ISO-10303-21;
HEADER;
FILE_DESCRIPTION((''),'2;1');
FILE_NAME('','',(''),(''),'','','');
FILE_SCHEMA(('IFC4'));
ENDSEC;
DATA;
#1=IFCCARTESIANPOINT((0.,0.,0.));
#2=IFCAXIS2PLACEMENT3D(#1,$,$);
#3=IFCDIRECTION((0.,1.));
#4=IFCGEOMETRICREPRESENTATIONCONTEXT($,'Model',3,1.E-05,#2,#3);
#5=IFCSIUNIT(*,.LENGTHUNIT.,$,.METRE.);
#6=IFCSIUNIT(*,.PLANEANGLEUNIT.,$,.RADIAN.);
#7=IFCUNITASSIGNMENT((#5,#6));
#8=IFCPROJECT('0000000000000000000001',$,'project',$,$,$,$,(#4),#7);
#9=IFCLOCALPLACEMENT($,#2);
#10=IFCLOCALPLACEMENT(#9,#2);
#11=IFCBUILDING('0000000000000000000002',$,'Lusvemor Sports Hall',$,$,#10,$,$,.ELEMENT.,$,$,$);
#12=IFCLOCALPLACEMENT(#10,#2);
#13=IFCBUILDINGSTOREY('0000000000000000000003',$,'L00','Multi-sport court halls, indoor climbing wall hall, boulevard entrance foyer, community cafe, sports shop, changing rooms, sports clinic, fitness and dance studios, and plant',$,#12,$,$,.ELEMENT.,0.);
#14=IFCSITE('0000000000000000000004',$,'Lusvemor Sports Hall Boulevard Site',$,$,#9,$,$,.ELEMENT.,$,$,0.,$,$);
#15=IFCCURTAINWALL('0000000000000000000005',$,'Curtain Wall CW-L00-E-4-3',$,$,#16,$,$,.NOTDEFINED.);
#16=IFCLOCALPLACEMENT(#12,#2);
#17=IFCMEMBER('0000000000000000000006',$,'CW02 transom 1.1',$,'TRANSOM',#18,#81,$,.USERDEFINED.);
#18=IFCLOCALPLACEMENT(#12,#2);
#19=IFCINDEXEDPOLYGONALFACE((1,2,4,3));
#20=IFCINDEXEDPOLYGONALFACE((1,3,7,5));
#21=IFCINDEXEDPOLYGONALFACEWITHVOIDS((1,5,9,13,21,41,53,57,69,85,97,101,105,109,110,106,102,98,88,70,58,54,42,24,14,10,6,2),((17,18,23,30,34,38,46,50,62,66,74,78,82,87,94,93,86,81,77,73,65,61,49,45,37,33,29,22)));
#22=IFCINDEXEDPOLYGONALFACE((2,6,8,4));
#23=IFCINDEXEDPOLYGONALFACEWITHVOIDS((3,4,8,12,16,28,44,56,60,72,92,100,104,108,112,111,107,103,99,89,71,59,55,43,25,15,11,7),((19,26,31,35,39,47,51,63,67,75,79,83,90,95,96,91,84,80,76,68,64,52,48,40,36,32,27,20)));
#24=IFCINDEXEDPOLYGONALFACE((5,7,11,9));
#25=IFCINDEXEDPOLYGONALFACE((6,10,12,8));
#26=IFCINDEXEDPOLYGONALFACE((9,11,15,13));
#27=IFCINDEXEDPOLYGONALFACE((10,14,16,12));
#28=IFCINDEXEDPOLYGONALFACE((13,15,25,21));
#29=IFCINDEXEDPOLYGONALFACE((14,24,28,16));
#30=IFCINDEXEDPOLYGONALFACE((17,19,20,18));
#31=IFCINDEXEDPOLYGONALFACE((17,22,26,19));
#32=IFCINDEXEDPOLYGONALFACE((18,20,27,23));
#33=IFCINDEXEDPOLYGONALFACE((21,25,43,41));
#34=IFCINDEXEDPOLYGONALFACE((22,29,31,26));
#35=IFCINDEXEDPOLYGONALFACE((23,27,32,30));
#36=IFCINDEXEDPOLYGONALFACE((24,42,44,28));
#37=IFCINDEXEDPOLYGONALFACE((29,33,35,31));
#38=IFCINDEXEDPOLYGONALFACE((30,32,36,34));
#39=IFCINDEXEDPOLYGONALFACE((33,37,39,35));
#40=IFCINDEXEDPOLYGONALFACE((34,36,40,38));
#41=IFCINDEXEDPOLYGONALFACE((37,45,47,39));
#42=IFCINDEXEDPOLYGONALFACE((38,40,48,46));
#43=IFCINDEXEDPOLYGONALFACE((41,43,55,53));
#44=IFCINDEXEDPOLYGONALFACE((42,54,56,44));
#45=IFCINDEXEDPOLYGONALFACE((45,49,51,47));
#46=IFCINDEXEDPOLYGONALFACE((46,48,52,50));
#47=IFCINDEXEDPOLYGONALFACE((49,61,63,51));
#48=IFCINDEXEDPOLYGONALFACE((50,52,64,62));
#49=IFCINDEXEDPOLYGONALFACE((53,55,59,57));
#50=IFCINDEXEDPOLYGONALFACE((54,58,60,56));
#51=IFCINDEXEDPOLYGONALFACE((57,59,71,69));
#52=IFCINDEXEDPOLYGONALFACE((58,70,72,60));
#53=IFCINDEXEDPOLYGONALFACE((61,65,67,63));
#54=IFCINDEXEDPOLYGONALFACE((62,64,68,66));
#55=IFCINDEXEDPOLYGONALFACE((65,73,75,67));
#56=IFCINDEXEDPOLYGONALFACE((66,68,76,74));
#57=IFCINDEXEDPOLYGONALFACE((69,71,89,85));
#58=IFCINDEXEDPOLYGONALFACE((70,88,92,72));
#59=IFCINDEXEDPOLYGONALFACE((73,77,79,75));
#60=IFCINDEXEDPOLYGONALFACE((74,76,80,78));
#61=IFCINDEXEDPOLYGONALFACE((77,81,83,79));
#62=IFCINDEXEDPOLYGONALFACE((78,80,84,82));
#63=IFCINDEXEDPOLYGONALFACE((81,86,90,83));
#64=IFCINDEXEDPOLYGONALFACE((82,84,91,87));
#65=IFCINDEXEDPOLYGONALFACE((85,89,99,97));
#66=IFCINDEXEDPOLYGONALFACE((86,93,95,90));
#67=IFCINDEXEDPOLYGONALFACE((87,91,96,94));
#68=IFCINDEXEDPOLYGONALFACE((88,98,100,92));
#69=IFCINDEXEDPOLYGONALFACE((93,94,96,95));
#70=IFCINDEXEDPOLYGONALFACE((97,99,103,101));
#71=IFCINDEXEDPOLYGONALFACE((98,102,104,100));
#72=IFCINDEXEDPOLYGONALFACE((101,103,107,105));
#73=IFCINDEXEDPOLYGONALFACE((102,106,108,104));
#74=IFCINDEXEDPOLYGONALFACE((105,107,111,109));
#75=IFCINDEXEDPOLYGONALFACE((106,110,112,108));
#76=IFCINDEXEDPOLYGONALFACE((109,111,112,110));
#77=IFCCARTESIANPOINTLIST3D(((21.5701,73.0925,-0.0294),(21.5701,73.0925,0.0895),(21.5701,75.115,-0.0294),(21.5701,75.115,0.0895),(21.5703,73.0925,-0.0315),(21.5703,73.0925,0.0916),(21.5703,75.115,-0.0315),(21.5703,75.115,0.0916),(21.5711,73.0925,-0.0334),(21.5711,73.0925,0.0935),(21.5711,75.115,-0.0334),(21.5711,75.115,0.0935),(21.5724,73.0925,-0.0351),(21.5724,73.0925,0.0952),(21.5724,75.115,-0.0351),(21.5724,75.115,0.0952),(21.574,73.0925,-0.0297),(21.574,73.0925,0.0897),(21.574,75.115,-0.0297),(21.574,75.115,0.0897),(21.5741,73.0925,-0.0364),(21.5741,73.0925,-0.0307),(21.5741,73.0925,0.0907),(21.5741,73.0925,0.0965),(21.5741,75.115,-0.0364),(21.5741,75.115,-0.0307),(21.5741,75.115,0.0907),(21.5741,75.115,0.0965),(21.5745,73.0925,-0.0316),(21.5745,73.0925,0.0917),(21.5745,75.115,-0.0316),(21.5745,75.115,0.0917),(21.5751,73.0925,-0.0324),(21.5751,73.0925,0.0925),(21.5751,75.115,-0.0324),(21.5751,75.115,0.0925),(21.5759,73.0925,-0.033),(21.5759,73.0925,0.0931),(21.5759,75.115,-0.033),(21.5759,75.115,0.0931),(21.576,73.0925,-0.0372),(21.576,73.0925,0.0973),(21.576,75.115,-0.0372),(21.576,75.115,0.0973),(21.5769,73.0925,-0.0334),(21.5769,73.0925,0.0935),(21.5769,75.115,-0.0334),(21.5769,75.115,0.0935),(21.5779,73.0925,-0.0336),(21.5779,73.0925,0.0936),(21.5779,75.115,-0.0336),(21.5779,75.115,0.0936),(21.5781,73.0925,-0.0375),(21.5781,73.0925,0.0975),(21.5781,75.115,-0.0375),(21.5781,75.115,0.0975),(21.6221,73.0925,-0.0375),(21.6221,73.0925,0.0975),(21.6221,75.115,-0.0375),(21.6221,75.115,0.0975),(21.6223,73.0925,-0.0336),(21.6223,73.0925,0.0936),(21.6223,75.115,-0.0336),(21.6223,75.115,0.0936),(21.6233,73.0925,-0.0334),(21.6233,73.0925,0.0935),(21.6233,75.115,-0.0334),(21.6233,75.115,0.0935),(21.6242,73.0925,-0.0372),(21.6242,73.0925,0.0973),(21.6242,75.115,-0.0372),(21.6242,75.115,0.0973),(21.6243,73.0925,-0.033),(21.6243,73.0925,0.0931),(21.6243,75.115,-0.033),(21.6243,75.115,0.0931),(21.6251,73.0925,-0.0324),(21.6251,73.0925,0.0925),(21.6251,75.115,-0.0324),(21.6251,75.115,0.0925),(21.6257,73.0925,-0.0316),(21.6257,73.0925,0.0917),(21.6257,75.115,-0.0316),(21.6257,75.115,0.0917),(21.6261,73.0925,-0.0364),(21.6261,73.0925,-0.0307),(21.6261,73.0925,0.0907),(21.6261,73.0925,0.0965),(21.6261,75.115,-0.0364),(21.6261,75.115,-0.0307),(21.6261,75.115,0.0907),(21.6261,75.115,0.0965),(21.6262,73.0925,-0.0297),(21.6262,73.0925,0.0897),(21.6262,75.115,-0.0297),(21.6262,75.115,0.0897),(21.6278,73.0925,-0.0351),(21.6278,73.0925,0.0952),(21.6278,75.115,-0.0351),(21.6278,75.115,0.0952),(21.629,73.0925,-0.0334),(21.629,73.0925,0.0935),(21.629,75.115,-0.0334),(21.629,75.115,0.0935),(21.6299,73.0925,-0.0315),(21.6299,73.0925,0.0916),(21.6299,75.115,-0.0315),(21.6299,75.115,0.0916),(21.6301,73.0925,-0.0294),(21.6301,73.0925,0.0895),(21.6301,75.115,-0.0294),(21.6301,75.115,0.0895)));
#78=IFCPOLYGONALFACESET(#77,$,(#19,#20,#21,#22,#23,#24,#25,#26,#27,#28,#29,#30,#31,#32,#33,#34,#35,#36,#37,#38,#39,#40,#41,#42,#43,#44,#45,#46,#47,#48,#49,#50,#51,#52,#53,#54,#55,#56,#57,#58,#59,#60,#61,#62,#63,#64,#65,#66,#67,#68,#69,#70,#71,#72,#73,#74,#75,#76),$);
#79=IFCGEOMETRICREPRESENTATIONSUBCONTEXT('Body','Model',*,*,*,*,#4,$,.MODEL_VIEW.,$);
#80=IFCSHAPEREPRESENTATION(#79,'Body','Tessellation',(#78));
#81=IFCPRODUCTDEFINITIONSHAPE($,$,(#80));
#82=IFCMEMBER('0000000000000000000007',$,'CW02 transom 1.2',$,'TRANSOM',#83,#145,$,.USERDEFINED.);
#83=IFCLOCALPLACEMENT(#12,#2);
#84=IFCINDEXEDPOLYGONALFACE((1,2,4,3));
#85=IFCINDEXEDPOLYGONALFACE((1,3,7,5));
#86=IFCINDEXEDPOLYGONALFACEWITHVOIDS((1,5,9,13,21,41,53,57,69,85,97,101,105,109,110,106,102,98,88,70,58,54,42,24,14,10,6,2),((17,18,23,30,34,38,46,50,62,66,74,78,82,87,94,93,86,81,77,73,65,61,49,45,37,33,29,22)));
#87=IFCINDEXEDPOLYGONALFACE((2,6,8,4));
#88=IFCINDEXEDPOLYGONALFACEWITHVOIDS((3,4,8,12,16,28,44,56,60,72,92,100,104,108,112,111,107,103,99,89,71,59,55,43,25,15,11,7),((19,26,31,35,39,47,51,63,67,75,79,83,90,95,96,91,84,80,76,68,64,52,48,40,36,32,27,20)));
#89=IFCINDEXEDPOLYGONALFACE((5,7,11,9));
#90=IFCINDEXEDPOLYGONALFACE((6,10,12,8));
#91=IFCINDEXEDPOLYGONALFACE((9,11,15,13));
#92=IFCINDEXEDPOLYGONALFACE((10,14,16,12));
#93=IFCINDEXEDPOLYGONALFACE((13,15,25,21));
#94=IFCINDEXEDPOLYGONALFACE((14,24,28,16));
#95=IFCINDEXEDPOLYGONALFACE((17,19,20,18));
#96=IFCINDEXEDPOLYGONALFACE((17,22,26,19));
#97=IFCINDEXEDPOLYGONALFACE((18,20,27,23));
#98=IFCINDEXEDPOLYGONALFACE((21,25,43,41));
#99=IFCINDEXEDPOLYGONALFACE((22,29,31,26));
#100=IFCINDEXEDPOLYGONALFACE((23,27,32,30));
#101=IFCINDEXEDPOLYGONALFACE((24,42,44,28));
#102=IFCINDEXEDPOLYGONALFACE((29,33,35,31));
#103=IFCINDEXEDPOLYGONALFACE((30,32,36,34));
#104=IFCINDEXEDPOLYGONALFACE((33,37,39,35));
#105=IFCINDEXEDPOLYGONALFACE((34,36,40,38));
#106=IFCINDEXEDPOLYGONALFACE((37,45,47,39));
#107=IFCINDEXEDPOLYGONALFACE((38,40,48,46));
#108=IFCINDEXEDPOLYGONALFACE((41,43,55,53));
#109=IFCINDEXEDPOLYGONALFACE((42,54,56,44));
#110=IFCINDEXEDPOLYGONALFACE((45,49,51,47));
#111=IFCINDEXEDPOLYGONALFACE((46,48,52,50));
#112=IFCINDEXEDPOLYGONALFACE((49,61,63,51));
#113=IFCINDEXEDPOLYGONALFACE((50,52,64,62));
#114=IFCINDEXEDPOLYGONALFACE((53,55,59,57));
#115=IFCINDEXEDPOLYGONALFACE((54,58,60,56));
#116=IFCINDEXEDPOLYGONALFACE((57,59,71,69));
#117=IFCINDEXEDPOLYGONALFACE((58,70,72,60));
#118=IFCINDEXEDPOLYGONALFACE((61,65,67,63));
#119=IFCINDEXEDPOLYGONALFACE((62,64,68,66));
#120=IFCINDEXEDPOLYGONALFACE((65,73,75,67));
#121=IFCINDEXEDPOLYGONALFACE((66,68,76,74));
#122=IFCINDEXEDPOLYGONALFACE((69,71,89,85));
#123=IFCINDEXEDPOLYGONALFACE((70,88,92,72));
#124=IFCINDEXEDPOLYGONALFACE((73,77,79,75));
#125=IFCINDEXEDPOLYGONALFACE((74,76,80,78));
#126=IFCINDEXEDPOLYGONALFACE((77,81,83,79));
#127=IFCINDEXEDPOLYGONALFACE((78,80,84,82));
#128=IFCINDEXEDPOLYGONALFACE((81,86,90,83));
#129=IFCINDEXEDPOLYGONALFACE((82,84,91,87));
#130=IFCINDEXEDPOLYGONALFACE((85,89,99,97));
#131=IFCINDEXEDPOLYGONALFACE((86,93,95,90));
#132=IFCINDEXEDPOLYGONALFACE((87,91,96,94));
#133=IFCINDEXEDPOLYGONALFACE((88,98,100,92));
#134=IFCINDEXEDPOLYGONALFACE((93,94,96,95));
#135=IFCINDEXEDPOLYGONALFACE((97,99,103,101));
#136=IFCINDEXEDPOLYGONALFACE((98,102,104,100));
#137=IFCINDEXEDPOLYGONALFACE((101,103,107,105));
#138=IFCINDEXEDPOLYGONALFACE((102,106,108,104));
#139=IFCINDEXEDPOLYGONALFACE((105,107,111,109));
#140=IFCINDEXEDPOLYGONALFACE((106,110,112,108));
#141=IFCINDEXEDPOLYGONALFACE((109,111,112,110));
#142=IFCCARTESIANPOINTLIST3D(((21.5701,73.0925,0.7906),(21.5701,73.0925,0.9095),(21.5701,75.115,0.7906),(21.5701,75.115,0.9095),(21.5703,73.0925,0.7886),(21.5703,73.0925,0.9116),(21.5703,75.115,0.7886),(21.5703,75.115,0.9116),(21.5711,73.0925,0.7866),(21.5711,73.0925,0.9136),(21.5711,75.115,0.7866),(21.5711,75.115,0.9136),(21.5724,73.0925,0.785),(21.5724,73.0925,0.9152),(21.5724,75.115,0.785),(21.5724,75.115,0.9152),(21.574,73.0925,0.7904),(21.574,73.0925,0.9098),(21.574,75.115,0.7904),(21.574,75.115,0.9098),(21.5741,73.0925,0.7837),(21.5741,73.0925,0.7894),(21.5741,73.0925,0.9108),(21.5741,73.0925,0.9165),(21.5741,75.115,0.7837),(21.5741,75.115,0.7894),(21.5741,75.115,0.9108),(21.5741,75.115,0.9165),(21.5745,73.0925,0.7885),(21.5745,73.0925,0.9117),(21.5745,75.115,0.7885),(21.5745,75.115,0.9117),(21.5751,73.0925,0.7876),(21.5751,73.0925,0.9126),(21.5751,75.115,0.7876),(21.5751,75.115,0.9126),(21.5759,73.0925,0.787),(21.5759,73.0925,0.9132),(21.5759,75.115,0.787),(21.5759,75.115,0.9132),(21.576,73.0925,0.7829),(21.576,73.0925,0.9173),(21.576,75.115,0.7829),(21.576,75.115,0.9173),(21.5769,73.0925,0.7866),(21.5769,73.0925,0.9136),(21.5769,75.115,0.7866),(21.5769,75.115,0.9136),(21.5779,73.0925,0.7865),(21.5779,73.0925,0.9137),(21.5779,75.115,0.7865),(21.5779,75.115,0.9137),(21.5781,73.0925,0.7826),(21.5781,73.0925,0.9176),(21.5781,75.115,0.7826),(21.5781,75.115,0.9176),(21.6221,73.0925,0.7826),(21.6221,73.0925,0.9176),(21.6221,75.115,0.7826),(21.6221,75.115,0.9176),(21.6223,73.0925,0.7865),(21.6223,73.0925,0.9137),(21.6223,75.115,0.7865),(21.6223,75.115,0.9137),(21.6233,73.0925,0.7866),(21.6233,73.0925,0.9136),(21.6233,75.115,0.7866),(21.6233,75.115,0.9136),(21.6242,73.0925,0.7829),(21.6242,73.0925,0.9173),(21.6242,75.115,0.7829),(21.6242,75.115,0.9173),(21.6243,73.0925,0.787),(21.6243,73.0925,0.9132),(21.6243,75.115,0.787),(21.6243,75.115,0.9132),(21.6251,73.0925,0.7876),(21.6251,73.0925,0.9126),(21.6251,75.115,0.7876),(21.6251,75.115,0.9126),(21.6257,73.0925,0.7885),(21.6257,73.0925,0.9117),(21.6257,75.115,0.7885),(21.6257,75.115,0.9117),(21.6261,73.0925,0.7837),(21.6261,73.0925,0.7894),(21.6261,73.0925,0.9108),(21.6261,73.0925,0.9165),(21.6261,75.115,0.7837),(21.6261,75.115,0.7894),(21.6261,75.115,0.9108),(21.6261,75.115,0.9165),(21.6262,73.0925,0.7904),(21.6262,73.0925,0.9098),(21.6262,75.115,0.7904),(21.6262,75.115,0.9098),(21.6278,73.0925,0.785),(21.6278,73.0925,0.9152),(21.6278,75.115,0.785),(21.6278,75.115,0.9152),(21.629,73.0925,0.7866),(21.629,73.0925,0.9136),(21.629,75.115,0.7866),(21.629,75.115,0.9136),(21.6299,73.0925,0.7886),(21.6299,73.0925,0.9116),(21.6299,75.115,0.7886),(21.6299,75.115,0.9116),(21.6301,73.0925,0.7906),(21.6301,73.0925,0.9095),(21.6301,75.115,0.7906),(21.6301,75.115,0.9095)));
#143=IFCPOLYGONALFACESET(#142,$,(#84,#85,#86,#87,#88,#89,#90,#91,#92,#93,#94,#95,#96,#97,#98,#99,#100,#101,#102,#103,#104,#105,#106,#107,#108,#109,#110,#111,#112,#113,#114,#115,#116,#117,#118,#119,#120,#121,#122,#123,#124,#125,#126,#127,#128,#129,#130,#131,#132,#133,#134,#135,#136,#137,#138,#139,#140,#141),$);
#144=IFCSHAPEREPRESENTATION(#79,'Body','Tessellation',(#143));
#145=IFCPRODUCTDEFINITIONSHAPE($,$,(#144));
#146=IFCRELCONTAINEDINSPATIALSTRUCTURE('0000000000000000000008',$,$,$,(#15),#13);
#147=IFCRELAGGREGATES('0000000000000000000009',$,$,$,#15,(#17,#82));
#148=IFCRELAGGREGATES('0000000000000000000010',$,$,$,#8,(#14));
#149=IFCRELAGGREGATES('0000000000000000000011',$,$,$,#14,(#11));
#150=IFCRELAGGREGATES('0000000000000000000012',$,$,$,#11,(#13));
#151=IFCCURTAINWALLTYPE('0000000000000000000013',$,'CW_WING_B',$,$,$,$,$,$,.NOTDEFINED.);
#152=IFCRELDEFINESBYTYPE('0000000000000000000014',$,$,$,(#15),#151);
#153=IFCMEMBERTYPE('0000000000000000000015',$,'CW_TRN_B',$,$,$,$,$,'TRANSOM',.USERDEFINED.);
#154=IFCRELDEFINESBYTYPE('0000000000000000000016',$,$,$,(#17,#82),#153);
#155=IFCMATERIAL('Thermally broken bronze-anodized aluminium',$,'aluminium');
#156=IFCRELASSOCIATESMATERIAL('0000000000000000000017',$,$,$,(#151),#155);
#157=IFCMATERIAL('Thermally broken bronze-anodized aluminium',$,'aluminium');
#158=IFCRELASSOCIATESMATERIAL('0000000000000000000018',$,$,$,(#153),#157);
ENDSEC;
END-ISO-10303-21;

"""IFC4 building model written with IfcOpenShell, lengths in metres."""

from ifc_helpers import new_model, si_unit, direction, frame, origin, origin_2d, place, context, subcontext, project, spatial, hollow_rectangle, extrude, material, material_profile, profile_set, type_object, element, aggregate, save


model = new_model("IFC4")

# Units and contexts
model_context = context("Model", 3, precision=1e-05, world=origin(), true_north=direction((0.0, 1.0)))
body_context = subcontext(model_context, "Body", "Model", "MODEL_VIEW")
ifc_project = project(units=[si_unit("LENGTHUNIT", "METRE"), si_unit("PLANEANGLEUNIT", "RADIAN")], contexts=[model_context])

# Site, building, storey
site_placement = place(None, origin())
site = spatial("IfcSite", under=ifc_project, at=site_placement, Name="Lusvemor Sports Hall Boulevard Site", CompositionType="ELEMENT", RefElevation=0.0)
building_placement = place(site_placement, origin())
building = spatial("IfcBuilding", under=site, at=building_placement, Name="Lusvemor Sports Hall", CompositionType="ELEMENT")
storey_placement = place(building_placement, origin())
storey = spatial("IfcBuildingStorey", under=building, at=storey_placement, Name="L00", Description="Multi-sport court halls, indoor climbing wall hall, boulevard entrance foyer, community cafe, sports shop, changing rooms, sports clinic, fitness and dance studios, and plant", CompositionType="ELEMENT", Elevation=0.0)

# Curtain wall, members
ifc_material_1 = material(Name="Thermally broken bronze-anodized aluminium", Category="aluminium")
curtain_wall_type = type_object("IfcCurtainWallType", Name="CW_WING_B", PredefinedType="NOTDEFINED", material=ifc_material_1)
curtain_wall_placement = place(storey_placement, origin())
curtain_wall = element("IfcCurtainWall", 1, at=curtain_wall_placement, inside=storey, type_object=curtain_wall_type, Name="Curtain Wall CW-L00-E-4-3", PredefinedType="NOTDEFINED")
ifc_material_2 = material(Name="Thermally broken bronze-anodized aluminium", Category="aluminium")
ifc_material_profile_1 = material_profile(ifc_material_2, hollow_rectangle(XDim=0.0601, YDim=0.135, WallThickness=0.0039, InnerFilletRadius=0.0039, OuterFilletRadius=0.0081, at=origin_2d()), Name="CWTRN135x60x4")
ifc_profile_set_1 = profile_set([ifc_material_profile_1], Name="Thermally broken bronze-anodized aluminium")
member_type_1 = type_object("IfcMemberType", Name="CW_TRN_B", ElementType="TRANSOM", PredefinedType="USERDEFINED", material=ifc_profile_set_1)
member_1_placement = place(storey_placement, frame((21.6001, 75.115, 0.03), z_axis=(0.0, -1.0, 0.0), x_axis=(1.0, 0.0, 0.0)))
member_1 = element("IfcMember", 2, at=member_1_placement, type_object=member_type_1, Name="CW02 transom 1.1", ObjectType="TRANSOM", PredefinedType="USERDEFINED", context=body_context, shape_type="SweptSolid", body=[
    extrude(hollow_rectangle(XDim=0.0601, YDim=0.135, WallThickness=0.0039, InnerFilletRadius=0.0039, OuterFilletRadius=0.0081, at=origin_2d()), origin(), (0.0, 0.0, 1.0), 2.0225),
])
member_2_placement = place(storey_placement, frame((21.6001, 75.115, 0.8501), z_axis=(0.0, -1.0, 0.0), x_axis=(1.0, 0.0, 0.0)))
member_2 = element("IfcMember", 3, at=member_2_placement, type_object=member_type_1, Name="CW02 transom 1.2", ObjectType="TRANSOM", PredefinedType="USERDEFINED", context=body_context, shape_type="SweptSolid", body=[
    extrude(hollow_rectangle(XDim=0.0601, YDim=0.135, WallThickness=0.0039, InnerFilletRadius=0.0039, OuterFilletRadius=0.0081, at=origin_2d()), origin(), (0.0, 0.0, 1.0), 2.0225),
])
aggregate(curtain_wall, [member_1, member_2])

save(model, "model.ifc")
